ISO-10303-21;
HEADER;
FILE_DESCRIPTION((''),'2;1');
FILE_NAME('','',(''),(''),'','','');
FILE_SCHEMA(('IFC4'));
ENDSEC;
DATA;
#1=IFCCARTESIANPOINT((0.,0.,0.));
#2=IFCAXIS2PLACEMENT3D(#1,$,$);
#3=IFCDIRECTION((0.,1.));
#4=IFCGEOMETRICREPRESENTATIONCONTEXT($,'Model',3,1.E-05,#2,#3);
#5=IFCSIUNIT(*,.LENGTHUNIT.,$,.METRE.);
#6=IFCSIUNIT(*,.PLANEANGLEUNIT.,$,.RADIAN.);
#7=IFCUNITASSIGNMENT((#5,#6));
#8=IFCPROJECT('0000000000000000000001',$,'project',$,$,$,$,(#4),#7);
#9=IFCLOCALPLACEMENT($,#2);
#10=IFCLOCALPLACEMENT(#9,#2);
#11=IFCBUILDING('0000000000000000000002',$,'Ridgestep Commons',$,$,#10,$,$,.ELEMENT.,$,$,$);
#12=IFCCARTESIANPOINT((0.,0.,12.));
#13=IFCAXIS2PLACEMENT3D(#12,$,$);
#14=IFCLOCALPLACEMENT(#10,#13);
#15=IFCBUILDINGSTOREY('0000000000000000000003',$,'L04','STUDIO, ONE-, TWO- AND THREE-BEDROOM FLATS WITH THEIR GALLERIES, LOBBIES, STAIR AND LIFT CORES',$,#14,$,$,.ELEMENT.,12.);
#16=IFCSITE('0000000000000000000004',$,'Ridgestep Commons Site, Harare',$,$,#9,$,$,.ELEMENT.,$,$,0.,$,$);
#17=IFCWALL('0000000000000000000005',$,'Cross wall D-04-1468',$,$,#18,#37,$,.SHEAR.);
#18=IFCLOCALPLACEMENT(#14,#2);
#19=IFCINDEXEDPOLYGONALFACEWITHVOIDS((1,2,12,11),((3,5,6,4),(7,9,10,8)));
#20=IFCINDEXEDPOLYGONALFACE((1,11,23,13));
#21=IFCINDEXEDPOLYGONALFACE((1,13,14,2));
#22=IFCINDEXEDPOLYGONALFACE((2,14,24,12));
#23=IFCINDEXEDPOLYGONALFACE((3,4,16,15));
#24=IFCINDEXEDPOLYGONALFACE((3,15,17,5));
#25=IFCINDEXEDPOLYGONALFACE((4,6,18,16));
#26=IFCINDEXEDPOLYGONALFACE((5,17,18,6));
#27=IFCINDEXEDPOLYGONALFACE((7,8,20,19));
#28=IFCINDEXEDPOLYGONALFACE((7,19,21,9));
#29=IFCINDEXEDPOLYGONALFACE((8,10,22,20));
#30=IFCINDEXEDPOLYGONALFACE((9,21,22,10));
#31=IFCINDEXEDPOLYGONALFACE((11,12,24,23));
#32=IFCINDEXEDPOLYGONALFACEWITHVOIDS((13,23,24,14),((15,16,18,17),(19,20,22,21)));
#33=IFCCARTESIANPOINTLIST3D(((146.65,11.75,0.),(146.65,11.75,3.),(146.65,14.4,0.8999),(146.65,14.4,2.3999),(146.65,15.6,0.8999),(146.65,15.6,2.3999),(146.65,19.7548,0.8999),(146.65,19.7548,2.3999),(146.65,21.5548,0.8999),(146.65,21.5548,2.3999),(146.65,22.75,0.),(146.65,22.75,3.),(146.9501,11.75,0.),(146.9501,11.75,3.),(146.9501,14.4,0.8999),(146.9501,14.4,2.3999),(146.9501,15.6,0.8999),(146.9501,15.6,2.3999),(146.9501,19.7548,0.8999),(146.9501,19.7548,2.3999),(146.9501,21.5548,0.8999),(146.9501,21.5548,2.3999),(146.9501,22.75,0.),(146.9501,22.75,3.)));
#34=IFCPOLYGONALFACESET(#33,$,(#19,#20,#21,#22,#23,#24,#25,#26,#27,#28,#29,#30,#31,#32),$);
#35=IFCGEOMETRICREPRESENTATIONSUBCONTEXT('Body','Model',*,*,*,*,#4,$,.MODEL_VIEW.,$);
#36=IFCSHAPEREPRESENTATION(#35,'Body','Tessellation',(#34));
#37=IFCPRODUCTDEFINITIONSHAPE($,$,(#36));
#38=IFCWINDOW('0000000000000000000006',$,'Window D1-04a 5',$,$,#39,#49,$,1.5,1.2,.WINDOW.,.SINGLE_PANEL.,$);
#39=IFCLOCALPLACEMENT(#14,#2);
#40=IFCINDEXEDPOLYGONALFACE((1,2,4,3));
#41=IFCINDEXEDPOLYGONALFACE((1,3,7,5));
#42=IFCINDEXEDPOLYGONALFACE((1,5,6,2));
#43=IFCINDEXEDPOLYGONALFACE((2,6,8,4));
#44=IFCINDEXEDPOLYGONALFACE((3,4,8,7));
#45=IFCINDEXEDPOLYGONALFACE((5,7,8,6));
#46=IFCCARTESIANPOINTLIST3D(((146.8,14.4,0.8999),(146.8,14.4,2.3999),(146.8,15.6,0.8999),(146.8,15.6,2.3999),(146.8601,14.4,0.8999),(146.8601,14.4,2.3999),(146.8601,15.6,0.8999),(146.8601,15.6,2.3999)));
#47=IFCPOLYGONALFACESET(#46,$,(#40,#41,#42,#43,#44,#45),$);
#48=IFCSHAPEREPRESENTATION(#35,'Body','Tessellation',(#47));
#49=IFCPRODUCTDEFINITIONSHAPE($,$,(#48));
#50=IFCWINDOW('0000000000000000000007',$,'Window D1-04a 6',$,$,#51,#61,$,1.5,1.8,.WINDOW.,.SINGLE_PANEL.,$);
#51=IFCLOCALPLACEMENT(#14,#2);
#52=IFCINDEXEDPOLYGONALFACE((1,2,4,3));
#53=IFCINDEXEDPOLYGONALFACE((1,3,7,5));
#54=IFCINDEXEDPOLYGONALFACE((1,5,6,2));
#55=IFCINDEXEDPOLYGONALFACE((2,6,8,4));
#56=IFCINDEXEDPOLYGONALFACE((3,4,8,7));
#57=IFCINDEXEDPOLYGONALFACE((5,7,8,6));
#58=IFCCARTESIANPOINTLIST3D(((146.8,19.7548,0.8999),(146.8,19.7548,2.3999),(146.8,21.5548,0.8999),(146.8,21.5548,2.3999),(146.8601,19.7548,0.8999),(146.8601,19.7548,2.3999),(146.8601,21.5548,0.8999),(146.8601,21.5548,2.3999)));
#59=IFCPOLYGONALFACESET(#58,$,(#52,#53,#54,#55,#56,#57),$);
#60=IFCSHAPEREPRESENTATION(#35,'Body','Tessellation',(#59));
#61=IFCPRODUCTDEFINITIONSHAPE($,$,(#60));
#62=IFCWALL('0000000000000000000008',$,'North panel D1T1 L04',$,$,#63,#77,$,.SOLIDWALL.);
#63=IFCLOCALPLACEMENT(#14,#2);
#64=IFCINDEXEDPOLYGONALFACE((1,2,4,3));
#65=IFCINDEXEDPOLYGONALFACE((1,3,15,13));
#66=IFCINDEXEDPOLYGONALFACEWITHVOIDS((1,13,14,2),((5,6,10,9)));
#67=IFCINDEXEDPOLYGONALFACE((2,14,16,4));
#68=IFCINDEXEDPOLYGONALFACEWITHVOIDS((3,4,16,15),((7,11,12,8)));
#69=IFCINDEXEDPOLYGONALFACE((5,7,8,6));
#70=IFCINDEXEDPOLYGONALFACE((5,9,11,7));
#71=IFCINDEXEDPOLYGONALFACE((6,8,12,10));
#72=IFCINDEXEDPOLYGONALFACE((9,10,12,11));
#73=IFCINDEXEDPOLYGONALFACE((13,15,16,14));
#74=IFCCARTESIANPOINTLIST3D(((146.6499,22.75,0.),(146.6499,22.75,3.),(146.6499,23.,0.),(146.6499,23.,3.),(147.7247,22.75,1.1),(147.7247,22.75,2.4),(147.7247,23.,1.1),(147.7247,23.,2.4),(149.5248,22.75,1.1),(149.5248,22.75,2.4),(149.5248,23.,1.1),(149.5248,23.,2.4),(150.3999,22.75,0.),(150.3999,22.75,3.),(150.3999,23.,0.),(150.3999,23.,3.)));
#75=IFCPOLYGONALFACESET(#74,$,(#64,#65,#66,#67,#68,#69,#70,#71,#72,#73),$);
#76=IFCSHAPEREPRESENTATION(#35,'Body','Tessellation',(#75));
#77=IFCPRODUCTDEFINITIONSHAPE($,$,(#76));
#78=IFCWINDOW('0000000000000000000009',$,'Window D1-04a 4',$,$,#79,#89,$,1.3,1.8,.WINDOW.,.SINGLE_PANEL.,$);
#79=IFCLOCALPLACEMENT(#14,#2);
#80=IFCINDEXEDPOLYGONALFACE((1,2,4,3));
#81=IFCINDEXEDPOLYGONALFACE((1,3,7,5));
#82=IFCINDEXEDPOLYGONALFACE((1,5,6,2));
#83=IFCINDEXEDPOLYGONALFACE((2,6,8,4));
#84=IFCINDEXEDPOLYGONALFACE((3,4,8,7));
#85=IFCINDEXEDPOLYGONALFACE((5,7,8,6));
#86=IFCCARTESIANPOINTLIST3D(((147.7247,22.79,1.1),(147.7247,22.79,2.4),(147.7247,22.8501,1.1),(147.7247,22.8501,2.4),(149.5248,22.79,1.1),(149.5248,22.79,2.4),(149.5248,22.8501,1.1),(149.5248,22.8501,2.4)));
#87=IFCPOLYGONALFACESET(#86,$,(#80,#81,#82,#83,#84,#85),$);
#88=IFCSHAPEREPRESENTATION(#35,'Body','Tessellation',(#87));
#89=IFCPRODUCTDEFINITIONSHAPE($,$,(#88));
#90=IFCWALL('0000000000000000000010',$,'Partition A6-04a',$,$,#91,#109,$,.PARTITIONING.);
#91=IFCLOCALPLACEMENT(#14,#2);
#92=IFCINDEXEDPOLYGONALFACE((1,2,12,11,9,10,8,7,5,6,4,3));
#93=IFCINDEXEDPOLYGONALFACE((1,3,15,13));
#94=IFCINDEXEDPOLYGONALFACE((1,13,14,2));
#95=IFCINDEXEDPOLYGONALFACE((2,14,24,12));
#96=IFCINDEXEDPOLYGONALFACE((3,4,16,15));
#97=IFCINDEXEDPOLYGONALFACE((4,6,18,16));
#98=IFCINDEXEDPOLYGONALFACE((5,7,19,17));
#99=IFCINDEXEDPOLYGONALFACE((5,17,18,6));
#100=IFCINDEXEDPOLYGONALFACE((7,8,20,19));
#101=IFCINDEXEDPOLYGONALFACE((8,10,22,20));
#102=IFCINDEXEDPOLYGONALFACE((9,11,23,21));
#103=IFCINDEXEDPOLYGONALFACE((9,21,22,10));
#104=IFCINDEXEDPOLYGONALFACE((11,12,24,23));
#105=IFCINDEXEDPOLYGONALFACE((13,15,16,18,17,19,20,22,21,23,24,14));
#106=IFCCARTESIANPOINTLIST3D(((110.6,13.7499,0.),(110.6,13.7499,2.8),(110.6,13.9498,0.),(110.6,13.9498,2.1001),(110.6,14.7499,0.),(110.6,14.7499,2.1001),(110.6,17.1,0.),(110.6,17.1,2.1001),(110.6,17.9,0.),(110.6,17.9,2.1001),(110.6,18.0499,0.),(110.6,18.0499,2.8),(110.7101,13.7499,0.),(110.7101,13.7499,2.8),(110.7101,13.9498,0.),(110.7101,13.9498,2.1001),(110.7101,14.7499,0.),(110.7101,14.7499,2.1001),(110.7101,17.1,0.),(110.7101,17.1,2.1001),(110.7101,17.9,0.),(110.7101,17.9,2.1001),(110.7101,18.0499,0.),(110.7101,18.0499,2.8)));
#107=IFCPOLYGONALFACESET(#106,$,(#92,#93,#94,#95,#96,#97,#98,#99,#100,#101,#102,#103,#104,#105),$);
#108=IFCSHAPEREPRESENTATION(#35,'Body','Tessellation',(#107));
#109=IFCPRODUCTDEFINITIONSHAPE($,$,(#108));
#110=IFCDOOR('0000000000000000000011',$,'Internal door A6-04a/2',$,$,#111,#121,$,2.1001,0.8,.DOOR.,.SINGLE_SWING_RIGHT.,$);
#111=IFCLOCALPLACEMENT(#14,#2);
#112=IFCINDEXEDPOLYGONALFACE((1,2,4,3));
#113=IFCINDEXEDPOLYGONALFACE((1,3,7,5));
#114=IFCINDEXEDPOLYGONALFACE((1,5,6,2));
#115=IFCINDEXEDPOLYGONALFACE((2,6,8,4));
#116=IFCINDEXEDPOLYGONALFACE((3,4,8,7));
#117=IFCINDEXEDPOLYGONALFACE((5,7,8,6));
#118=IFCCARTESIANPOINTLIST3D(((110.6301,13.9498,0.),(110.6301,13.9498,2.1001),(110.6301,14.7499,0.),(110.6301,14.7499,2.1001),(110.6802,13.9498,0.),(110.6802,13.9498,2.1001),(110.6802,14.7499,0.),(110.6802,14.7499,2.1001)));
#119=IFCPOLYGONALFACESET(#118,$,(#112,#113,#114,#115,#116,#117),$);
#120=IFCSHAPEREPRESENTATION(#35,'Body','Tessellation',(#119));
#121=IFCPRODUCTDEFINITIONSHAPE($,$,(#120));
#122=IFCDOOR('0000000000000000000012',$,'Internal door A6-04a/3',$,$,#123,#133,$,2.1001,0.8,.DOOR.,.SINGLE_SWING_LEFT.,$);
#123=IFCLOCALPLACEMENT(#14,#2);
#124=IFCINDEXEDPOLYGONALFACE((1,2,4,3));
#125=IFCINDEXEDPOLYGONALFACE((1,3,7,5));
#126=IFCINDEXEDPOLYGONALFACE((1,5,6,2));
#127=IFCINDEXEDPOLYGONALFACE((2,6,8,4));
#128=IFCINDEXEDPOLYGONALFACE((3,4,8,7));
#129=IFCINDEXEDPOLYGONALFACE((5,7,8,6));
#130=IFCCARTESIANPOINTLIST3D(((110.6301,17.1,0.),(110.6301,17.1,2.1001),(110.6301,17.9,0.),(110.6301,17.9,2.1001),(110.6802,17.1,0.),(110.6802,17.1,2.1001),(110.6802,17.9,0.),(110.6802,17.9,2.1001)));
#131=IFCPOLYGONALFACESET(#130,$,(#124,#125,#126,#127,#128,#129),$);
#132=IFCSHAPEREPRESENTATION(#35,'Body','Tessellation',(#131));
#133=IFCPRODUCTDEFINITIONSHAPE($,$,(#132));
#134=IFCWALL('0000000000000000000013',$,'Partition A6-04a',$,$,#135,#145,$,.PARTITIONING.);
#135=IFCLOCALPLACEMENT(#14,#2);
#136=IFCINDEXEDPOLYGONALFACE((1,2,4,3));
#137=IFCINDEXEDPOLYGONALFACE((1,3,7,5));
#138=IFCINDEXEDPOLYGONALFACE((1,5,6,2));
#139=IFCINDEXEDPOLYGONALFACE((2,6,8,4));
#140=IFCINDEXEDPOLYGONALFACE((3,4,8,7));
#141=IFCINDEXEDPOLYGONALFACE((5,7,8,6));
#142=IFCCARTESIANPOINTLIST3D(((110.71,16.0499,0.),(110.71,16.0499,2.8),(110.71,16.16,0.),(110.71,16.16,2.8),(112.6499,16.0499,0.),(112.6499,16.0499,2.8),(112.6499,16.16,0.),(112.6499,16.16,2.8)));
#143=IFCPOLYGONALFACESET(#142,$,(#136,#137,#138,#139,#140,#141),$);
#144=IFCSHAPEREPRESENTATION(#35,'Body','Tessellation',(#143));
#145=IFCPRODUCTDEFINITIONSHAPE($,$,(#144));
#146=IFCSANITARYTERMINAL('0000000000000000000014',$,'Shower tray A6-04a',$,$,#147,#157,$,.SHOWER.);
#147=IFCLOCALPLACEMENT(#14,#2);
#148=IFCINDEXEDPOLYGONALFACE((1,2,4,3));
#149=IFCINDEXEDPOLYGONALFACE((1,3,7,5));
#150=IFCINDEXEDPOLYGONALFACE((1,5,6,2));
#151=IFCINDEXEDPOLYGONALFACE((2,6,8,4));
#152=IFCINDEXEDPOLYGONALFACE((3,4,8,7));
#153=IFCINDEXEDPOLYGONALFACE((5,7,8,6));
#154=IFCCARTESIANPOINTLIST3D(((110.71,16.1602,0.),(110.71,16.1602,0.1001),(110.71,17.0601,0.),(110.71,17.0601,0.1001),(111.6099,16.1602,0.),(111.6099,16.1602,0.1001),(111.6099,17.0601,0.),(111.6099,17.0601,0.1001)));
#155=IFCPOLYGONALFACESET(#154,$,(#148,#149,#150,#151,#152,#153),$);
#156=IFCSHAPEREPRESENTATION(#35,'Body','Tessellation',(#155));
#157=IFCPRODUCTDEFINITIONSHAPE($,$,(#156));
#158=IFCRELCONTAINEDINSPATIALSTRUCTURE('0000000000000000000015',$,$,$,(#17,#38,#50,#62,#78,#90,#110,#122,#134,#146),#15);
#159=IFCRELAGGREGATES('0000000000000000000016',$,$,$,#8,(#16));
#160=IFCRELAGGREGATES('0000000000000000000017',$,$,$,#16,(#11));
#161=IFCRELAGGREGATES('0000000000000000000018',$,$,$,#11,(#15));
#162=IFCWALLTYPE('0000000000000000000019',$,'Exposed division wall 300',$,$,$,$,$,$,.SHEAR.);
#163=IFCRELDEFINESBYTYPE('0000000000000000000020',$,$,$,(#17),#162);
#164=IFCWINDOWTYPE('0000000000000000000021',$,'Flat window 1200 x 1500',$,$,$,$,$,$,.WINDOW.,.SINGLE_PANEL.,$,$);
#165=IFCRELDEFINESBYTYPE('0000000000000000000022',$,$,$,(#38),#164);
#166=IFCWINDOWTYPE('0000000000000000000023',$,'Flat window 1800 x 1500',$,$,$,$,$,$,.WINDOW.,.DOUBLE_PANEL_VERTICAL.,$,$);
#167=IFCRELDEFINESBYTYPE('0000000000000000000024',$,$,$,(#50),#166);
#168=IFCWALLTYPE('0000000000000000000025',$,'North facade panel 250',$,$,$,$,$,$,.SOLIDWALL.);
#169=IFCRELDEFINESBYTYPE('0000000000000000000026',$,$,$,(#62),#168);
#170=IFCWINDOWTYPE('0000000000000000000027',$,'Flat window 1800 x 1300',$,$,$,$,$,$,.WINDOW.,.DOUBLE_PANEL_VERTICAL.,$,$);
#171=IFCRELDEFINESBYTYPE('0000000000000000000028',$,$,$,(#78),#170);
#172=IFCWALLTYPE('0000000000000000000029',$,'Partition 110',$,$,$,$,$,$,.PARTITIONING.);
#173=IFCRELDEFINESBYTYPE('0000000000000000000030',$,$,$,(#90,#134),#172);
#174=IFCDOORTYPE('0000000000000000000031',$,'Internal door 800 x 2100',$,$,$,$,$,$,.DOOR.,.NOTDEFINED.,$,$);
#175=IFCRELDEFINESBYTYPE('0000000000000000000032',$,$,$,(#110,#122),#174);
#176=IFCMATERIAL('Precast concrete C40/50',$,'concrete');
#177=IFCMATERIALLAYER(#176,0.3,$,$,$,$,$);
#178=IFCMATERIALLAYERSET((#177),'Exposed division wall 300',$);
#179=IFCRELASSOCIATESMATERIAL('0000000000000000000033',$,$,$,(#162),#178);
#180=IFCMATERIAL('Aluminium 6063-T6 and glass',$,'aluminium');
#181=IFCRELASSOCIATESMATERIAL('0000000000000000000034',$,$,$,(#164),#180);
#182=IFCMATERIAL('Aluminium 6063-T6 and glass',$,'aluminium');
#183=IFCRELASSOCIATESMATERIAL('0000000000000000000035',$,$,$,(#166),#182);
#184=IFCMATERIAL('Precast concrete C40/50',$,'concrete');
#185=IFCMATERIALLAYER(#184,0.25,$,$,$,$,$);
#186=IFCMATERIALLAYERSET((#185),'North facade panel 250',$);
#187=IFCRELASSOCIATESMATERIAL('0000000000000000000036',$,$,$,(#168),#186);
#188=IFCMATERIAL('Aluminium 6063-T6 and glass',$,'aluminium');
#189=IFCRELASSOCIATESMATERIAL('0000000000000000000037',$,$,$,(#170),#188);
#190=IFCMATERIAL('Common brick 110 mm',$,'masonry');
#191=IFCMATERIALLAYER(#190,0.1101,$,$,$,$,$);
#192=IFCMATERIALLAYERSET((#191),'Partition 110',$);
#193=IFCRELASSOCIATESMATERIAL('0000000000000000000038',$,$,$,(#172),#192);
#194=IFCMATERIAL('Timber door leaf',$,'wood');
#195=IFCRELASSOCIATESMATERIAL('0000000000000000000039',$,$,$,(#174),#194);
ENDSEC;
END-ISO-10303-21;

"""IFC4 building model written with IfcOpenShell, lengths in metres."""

from ifc_helpers import new_model, si_unit, direction, frame, frame_2d, origin, origin_2d, place, context, subcontext, project, spatial, rectangle, extrude, material, layer, layer_set, type_object, element, fill, save


model = new_model("IFC4")

# Units and contexts
model_context = context("Model", 3, precision=1e-05, world=origin(), true_north=direction((0.0, 1.0)))
body_context = subcontext(model_context, "Body", "Model", "MODEL_VIEW")
ifc_project = project(units=[si_unit("LENGTHUNIT", "METRE"), si_unit("PLANEANGLEUNIT", "RADIAN")], contexts=[model_context])

# Site, building, storey
site_placement = place(None, origin())
site = spatial("IfcSite", under=ifc_project, at=site_placement, Name="Ridgestep Commons Site, Harare", CompositionType="ELEMENT", RefElevation=0.0)
building_placement = place(site_placement, origin())
building = spatial("IfcBuilding", under=site, at=building_placement, Name="Ridgestep Commons", CompositionType="ELEMENT")
storey_placement = place(building_placement, frame((0.0, 0.0, 12.0)))
storey = spatial("IfcBuildingStorey", under=building, at=storey_placement, Name="L04", Description="STUDIO, ONE-, TWO- AND THREE-BEDROOM FLATS WITH THEIR GALLERIES, LOBBIES, STAIR AND LIFT CORES", CompositionType="ELEMENT", Elevation=12.0)

# Wall, openings, windows
ifc_material_1 = material(Name="Precast concrete C40/50", Category="concrete")
ifc_layer_1 = layer(ifc_material_1, 0.3)
ifc_layer_set_1 = layer_set([ifc_layer_1], Name="Exposed division wall 300")
wall_type_1 = type_object("IfcWallType", Name="Exposed division wall 300", PredefinedType="SHEAR", material=ifc_layer_set_1)
ifc_material_2 = material(Name="Aluminium 6063-T6 and glass", Category="aluminium")
window_type_1 = type_object("IfcWindowType", Name="Flat window 1200 x 1500", PartitioningType="SINGLE_PANEL", PredefinedType="WINDOW", material=ifc_material_2)
ifc_material_3 = material(Name="Aluminium 6063-T6 and glass", Category="aluminium")
window_type_2 = type_object("IfcWindowType", Name="Flat window 1800 x 1500", PartitioningType="DOUBLE_PANEL_VERTICAL", PredefinedType="WINDOW", material=ifc_material_3)
wall_1_placement = place(storey_placement, frame((146.8, 11.75, 0.0), z_axis=(0.0, 0.0, 1.0), x_axis=(0.0, 1.0, 0.0)))
wall_1 = element("IfcWall", 1, at=wall_1_placement, inside=storey, type_object=wall_type_1, Name="Cross wall D-04-1468", PredefinedType="SHEAR", context=body_context, shape_type="SweptSolid", body=[
    extrude(rectangle(XDim=11.0, YDim=0.3, at=frame_2d((5.5, 0.0))), origin(), (0.0, 0.0, 1.0), 3.0),
])
opening_1_placement = place(wall_1_placement, frame((2.6499, 0.0, 0.8999)))
opening_1 = element("IfcOpeningElement", 2, at=opening_1_placement, cuts=wall_1, PredefinedType="OPENING", context=body_context, shape_type="SweptSolid", body=[
    extrude(rectangle(XDim=1.2, YDim=1.5, at=frame_2d((0.6001, 0.75))), frame((0.0, 0.1599, 0.0), z_axis=(0.0, -1.0, 0.0), x_axis=(1.0, 0.0, 0.0)), (0.0, 0.0, 1.0), 0.3201),
])
opening_2_placement = place(wall_1_placement, frame((8.0049, 0.0, 0.8999)))
opening_2 = element("IfcOpeningElement", 3, at=opening_2_placement, cuts=wall_1, PredefinedType="OPENING", context=body_context, shape_type="SweptSolid", body=[
    extrude(rectangle(XDim=1.8, YDim=1.5, at=frame_2d((0.8999, 0.75))), frame((0.0, 0.1599, 0.0), z_axis=(0.0, -1.0, 0.0), x_axis=(1.0, 0.0, 0.0)), (0.0, 0.0, 1.0), 0.3201),
])
window_1_placement = place(opening_1_placement, origin())
window_1 = element("IfcWindow", 4, at=window_1_placement, inside=storey, type_object=window_type_1, Name="Window D1-04a 5", OverallHeight=1.5, OverallWidth=1.2, PartitioningType="SINGLE_PANEL", PredefinedType="WINDOW", context=body_context, shape_type="SweptSolid", body=[
    extrude(rectangle(XDim=1.2, YDim=1.5, at=frame_2d((0.6001, 0.75))), frame((0.0, 0.0, 0.0), z_axis=(0.0, -1.0, 0.0), x_axis=(1.0, 0.0, 0.0)), (0.0, 0.0, 1.0), 0.0601),
])
fill(opening_1, window_1)
window_2_placement = place(opening_2_placement, origin())
window_2 = element("IfcWindow", 5, at=window_2_placement, inside=storey, type_object=window_type_2, Name="Window D1-04a 6", OverallHeight=1.5, OverallWidth=1.8, PartitioningType="SINGLE_PANEL", PredefinedType="WINDOW", context=body_context, shape_type="SweptSolid", body=[
    extrude(rectangle(XDim=1.8, YDim=1.5, at=frame_2d((0.8999, 0.75))), frame((0.0, 0.0, 0.0), z_axis=(0.0, -1.0, 0.0), x_axis=(1.0, 0.0, 0.0)), (0.0, 0.0, 1.0), 0.0601),
])
fill(opening_2, window_2)

# Wall, opening, window
ifc_material_4 = material(Name="Precast concrete C40/50", Category="concrete")
ifc_layer_2 = layer(ifc_material_4, 0.25)
ifc_layer_set_2 = layer_set([ifc_layer_2], Name="North facade panel 250")
wall_type_2 = type_object("IfcWallType", Name="North facade panel 250", PredefinedType="SOLIDWALL", material=ifc_layer_set_2)
wall_2_placement = place(storey_placement, frame((146.6499, 22.875, 0.0), z_axis=(0.0, 0.0, 1.0), x_axis=(1.0, 0.0, 0.0)))
wall_2 = element("IfcWall", 6, at=wall_2_placement, inside=storey, type_object=wall_type_2, Name="North panel D1T1 L04", PredefinedType="SOLIDWALL", context=body_context, shape_type="SweptSolid", body=[
    extrude(rectangle(XDim=3.75, YDim=0.25, at=frame_2d((1.875, 0.0))), origin(), (0.0, 0.0, 1.0), 3.0),
])
opening_3_placement = place(wall_2_placement, frame((1.075, 0.0, 1.1001)))
opening_3 = element("IfcOpeningElement", 7, at=opening_3_placement, cuts=wall_2, PredefinedType="OPENING", context=body_context, shape_type="SweptSolid", body=[
    extrude(rectangle(XDim=1.8, YDim=1.3, at=frame_2d((0.8999, 0.6499))), frame((0.0, 0.135, 0.0), z_axis=(0.0, -1.0, 0.0), x_axis=(1.0, 0.0, 0.0)), (0.0, 0.0, 1.0), 0.27),
])
ifc_material_5 = material(Name="Aluminium 6063-T6 and glass", Category="aluminium")
window_type_3 = type_object("IfcWindowType", Name="Flat window 1800 x 1300", PartitioningType="DOUBLE_PANEL_VERTICAL", PredefinedType="WINDOW", material=ifc_material_5)
window_3_placement = place(opening_3_placement, origin())
window_3 = element("IfcWindow", 8, at=window_3_placement, inside=storey, type_object=window_type_3, Name="Window D1-04a 4", OverallHeight=1.3, OverallWidth=1.8, PartitioningType="SINGLE_PANEL", PredefinedType="WINDOW", context=body_context, shape_type="SweptSolid", body=[
    extrude(rectangle(XDim=1.8, YDim=1.3, at=frame_2d((0.8999, 0.6499))), frame((0.0, -0.0249, 0.0), z_axis=(0.0, -1.0, 0.0), x_axis=(1.0, 0.0, 0.0)), (0.0, 0.0, 1.0), 0.0601),
])
fill(opening_3, window_3)

# Wall, openings, doors
ifc_material_6 = material(Name="Common brick 110 mm", Category="masonry")
ifc_layer_3 = layer(ifc_material_6, 0.1101)
ifc_layer_set_3 = layer_set([ifc_layer_3], Name="Partition 110")
wall_type_3 = type_object("IfcWallType", Name="Partition 110", PredefinedType="PARTITIONING", material=ifc_layer_set_3)
wall_3_placement = place(storey_placement, frame((110.655, 13.75, 0.0), z_axis=(0.0, 0.0, 1.0), x_axis=(0.0, 1.0, 0.0)))
wall_3 = element("IfcWall", 9, at=wall_3_placement, inside=storey, type_object=wall_type_3, Name="Partition A6-04a", PredefinedType="PARTITIONING", context=body_context, shape_type="SweptSolid", body=[
    extrude(rectangle(XDim=4.3, YDim=0.1101, at=frame_2d((2.1499, 0.0))), origin(), (0.0, 0.0, 1.0), 2.8),
])
opening_4_placement = place(wall_3_placement, frame((0.2, 0.0, 0.0)))
opening_4 = element("IfcOpeningElement", 10, at=opening_4_placement, cuts=wall_3, PredefinedType="OPENING", context=body_context, shape_type="SweptSolid", body=[
    extrude(rectangle(XDim=0.8, YDim=2.1001, at=frame_2d((0.3999, 1.05))), frame((0.0, 0.0649, 0.0), z_axis=(0.0, -1.0, 0.0), x_axis=(1.0, 0.0, 0.0)), (0.0, 0.0, 1.0), 0.1301),
])
opening_5_placement = place(wall_3_placement, frame((3.3501, 0.0, 0.0)))
opening_5 = element("IfcOpeningElement", 11, at=opening_5_placement, cuts=wall_3, PredefinedType="OPENING", context=body_context, shape_type="SweptSolid", body=[
    extrude(rectangle(XDim=0.8, YDim=2.1001, at=frame_2d((0.3999, 1.05))), frame((0.0, 0.0649, 0.0), z_axis=(0.0, -1.0, 0.0), x_axis=(1.0, 0.0, 0.0)), (0.0, 0.0, 1.0), 0.1301),
])
ifc_material_7 = material(Name="Timber door leaf", Category="wood")
door_type = type_object("IfcDoorType", Name="Internal door 800 x 2100", OperationType="NOTDEFINED", PredefinedType="DOOR", material=ifc_material_7)
door_1_placement = place(opening_4_placement, origin())
door_1 = element("IfcDoor", 12, at=door_1_placement, inside=storey, type_object=door_type, Name="Internal door A6-04a/2", OperationType="SINGLE_SWING_RIGHT", OverallHeight=2.1001, OverallWidth=0.8, PredefinedType="DOOR", context=body_context, shape_type="SweptSolid", body=[
    extrude(rectangle(XDim=0.8, YDim=2.1001, at=frame_2d((0.3999, 1.05))), frame((0.0, 0.0249, 0.0), z_axis=(0.0, -1.0, 0.0), x_axis=(1.0, 0.0, 0.0)), (0.0, 0.0, 1.0), 0.05),
])
fill(opening_4, door_1)
door_2_placement = place(opening_5_placement, origin())
door_2 = element("IfcDoor", 13, at=door_2_placement, inside=storey, type_object=door_type, Name="Internal door A6-04a/3", OperationType="SINGLE_SWING_LEFT", OverallHeight=2.1001, OverallWidth=0.8, PredefinedType="DOOR", context=body_context, shape_type="SweptSolid", body=[
    extrude(rectangle(XDim=0.8, YDim=2.1001, at=frame_2d((0.3999, 1.05))), frame((0.0, 0.0249, 0.0), z_axis=(0.0, -1.0, 0.0), x_axis=(1.0, 0.0, 0.0)), (0.0, 0.0, 1.0), 0.05),
])
fill(opening_5, door_2)

# Wall
wall_4_placement = place(storey_placement, frame((110.71, 16.105, 0.0), z_axis=(0.0, 0.0, 1.0), x_axis=(1.0, 0.0, 0.0)))
element("IfcWall", 14, at=wall_4_placement, inside=storey, type_object=wall_type_3, Name="Partition A6-04a", PredefinedType="PARTITIONING", context=body_context, shape_type="SweptSolid", body=[
    extrude(rectangle(XDim=1.9399, YDim=0.1101, at=frame_2d((0.97, 0.0))), origin(), (0.0, 0.0, 1.0), 2.8),
])

# Sanitary terminal
sanitary_terminal_1_placement = place(storey_placement, frame((111.1599, 16.6101, 0.0), z_axis=(0.0, 0.0, 1.0), x_axis=(1.0, 0.0, 0.0)))
element("IfcSanitaryTerminal", 15, at=sanitary_terminal_1_placement, inside=storey, Name="Shower tray A6-04a", PredefinedType="SHOWER", context=body_context, shape_type="SweptSolid", body=[
    extrude(rectangle(XDim=0.8999, YDim=0.8999, at=origin_2d()), origin(), (0.0, 0.0, 1.0), 0.1001),
])

save(model, "model.ifc")
